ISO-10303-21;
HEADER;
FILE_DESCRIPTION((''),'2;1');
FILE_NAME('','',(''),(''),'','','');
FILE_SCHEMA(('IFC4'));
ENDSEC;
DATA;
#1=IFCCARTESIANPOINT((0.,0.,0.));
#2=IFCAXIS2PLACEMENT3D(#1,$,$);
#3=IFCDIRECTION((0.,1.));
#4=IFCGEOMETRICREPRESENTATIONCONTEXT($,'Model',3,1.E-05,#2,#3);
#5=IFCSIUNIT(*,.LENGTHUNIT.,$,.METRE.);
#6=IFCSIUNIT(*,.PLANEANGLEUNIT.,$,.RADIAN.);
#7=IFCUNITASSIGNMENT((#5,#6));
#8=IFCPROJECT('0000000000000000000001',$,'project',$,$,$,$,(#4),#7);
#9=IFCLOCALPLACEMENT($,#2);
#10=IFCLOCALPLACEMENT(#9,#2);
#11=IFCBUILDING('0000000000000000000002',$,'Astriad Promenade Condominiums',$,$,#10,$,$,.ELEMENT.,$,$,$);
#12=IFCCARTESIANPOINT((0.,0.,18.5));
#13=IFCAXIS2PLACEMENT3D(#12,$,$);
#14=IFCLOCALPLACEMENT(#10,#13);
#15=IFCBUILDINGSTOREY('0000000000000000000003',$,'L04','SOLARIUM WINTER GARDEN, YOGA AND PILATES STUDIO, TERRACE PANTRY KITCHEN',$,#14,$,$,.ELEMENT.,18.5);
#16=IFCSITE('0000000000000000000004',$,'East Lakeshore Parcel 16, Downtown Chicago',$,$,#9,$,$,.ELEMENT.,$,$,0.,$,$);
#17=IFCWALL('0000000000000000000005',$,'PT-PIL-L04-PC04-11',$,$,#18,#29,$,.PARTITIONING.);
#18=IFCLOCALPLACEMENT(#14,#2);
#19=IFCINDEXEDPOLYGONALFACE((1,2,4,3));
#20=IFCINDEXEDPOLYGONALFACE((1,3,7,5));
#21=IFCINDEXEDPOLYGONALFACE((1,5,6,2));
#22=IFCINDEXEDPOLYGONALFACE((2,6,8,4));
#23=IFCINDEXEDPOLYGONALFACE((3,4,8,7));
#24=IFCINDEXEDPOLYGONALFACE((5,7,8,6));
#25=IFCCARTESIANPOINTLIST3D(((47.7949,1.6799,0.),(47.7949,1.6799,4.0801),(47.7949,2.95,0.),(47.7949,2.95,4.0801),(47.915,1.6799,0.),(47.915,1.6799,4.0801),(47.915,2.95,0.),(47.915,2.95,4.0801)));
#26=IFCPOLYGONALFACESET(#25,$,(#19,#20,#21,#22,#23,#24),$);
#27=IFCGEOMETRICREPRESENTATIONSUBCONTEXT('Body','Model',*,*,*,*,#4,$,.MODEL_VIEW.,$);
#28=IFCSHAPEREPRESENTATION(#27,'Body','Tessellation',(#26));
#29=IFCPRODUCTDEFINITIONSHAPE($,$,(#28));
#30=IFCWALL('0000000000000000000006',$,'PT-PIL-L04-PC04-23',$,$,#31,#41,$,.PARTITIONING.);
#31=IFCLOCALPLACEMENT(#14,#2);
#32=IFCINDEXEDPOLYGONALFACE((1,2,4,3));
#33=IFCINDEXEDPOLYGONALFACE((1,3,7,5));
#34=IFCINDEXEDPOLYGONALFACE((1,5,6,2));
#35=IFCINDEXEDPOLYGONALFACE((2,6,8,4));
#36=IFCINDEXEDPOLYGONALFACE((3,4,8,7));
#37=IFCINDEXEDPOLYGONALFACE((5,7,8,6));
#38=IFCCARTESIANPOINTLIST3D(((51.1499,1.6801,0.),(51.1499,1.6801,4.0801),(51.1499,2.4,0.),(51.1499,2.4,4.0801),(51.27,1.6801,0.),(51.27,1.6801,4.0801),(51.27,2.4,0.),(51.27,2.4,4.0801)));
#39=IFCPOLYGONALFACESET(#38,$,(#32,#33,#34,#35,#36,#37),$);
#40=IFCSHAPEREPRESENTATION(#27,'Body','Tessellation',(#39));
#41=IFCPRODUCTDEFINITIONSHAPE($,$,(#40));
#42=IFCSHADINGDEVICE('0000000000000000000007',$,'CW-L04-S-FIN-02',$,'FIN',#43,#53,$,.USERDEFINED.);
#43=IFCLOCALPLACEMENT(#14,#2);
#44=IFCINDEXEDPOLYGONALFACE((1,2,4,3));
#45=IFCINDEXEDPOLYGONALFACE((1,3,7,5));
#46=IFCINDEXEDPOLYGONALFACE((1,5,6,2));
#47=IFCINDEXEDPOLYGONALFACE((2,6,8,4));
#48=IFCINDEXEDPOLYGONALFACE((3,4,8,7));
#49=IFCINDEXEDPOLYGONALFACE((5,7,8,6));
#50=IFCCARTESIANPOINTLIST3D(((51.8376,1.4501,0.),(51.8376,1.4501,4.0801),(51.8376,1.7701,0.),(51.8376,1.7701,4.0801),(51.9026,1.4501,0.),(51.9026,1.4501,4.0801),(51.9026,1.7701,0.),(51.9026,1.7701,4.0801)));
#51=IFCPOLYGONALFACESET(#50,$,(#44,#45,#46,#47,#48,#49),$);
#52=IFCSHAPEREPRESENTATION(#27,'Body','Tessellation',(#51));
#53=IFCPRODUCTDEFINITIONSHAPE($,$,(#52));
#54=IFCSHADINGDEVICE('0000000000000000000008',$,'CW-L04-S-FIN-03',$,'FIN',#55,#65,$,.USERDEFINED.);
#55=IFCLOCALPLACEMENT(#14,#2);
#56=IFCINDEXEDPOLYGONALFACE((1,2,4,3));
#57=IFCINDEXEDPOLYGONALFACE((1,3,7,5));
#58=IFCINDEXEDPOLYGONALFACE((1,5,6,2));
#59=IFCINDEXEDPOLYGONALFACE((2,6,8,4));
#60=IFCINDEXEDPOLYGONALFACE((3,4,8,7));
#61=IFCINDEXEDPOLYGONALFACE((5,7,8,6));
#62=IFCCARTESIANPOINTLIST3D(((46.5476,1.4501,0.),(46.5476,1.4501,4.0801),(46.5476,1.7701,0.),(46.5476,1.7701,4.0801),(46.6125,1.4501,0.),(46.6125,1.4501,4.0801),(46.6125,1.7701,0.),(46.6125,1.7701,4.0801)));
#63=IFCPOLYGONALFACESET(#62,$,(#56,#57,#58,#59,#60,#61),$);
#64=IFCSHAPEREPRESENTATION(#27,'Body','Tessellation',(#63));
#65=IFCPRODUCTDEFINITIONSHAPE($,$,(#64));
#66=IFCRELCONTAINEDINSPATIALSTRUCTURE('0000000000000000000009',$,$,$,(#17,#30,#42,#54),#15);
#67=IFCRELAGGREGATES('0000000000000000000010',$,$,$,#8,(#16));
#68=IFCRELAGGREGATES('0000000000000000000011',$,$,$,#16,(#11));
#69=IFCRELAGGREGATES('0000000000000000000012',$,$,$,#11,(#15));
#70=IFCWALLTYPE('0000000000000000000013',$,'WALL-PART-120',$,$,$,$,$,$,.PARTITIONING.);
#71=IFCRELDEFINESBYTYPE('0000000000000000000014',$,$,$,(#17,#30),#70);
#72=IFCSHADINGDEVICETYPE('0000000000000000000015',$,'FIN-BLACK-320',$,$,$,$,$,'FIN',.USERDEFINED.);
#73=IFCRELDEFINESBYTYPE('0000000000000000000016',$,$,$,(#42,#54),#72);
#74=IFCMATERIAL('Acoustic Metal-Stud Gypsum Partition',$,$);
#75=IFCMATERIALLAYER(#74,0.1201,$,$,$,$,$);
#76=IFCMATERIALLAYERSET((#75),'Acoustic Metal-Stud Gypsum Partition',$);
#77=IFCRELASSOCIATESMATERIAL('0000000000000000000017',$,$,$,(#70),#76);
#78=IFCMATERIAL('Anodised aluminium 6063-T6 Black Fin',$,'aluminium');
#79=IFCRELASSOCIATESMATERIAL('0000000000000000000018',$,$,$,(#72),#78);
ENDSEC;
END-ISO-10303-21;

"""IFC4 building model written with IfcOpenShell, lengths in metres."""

from ifc_helpers import new_model, si_unit, direction, frame, frame_2d, origin, origin_2d, place, context, subcontext, project, spatial, rectangle, extrude, source, transform, mapped, material, layer, layer_set, type_object, type_shapes, element, save


model = new_model("IFC4")

# Units and contexts
model_context = context("Model", 3, precision=1e-05, world=origin(), true_north=direction((0.0, 1.0)))
body_context = subcontext(model_context, "Body", "Model", "MODEL_VIEW")
ifc_project = project(units=[si_unit("LENGTHUNIT", "METRE"), si_unit("PLANEANGLEUNIT", "RADIAN")], contexts=[model_context])

# Site, building, storey
site_placement = place(None, origin())
site = spatial("IfcSite", under=ifc_project, at=site_placement, Name="East Lakeshore Parcel 16, Downtown Chicago", CompositionType="ELEMENT", RefElevation=0.0)
building_placement = place(site_placement, origin())
building = spatial("IfcBuilding", under=site, at=building_placement, Name="Astriad Promenade Condominiums", CompositionType="ELEMENT")
storey_placement = place(building_placement, frame((0.0, 0.0, 18.5)))
storey = spatial("IfcBuildingStorey", under=building, at=storey_placement, Name="L04", Description="SOLARIUM WINTER GARDEN, YOGA AND PILATES STUDIO, TERRACE PANTRY KITCHEN", CompositionType="ELEMENT", Elevation=18.5)

# Walls
ifc_material_1 = material(Name="Acoustic Metal-Stud Gypsum Partition")
ifc_layer_1 = layer(ifc_material_1, 0.1201)
ifc_layer_set_1 = layer_set([ifc_layer_1], Name="Acoustic Metal-Stud Gypsum Partition")
wall_type_1 = type_object("IfcWallType", Name="WALL-PART-120", PredefinedType="PARTITIONING", material=ifc_layer_set_1)
wall_1_placement = place(storey_placement, frame((47.855, 2.95, 0.0), z_axis=(0.0, 0.0, 1.0), x_axis=(0.0, -1.0, 0.0)))
element("IfcWall", 1, at=wall_1_placement, inside=storey, type_object=wall_type_1, Name="PT-PIL-L04-PC04-11", PredefinedType="PARTITIONING", context=body_context, shape_type="SweptSolid", body=[
    extrude(rectangle(XDim=1.27, YDim=0.1201, at=frame_2d((0.635, 0.0))), origin(), (0.0, 0.0, 1.0), 4.0801),
])
wall_2_placement = place(storey_placement, frame((51.21, 2.3999, 0.0), z_axis=(0.0, 0.0, 1.0), x_axis=(0.0, -1.0, 0.0)))
element("IfcWall", 2, at=wall_2_placement, inside=storey, type_object=wall_type_1, Name="PT-PIL-L04-PC04-23", PredefinedType="PARTITIONING", context=body_context, shape_type="SweptSolid", body=[
    extrude(rectangle(XDim=0.72, YDim=0.1201, at=frame_2d((0.3599, 0.0))), origin(), (0.0, 0.0, 1.0), 4.0801),
])

# Shading devices
ifc_material_2 = material(Name="Anodised aluminium 6063-T6 Black Fin", Category="aluminium")
shading_device_type = type_object("IfcShadingDeviceType", Name="FIN-BLACK-320", ElementType="FIN", PredefinedType="USERDEFINED", material=ifc_material_2)
shared_shape_1 = source(origin(), body_context, "Body", "SweptSolid", [
    extrude(rectangle(XDim=0.0649, YDim=0.3201, at=origin_2d()), origin(), (0.0, 0.0, 1.0), 4.0801),
])
type_shapes(shading_device_type, [shared_shape_1])
for number, where, z_axis, x_axis, name in (
    (3, (51.8701, 1.6101, 0.0), (0.0, 0.0, 1.0), (-1.0, 0.0, 0.0), "CW-L04-S-FIN-02"),
    (4, (46.5801, 1.6101, 0.0), (0.0, 0.0, 1.0), (-1.0, 0.0, 0.0), "CW-L04-S-FIN-03"),
):
    element("IfcShadingDevice", number, at=place(storey_placement, frame(where, z_axis=z_axis, x_axis=x_axis)), inside=storey, type_object=shading_device_type, Name=name, ObjectType="FIN", PredefinedType="USERDEFINED", context=body_context, shape_type="MappedRepresentation", body=[
        mapped(shared_shape_1, transform((0.0, 0.0, 0.0), scale=1.0)),
    ])

save(model, "model.ifc")
